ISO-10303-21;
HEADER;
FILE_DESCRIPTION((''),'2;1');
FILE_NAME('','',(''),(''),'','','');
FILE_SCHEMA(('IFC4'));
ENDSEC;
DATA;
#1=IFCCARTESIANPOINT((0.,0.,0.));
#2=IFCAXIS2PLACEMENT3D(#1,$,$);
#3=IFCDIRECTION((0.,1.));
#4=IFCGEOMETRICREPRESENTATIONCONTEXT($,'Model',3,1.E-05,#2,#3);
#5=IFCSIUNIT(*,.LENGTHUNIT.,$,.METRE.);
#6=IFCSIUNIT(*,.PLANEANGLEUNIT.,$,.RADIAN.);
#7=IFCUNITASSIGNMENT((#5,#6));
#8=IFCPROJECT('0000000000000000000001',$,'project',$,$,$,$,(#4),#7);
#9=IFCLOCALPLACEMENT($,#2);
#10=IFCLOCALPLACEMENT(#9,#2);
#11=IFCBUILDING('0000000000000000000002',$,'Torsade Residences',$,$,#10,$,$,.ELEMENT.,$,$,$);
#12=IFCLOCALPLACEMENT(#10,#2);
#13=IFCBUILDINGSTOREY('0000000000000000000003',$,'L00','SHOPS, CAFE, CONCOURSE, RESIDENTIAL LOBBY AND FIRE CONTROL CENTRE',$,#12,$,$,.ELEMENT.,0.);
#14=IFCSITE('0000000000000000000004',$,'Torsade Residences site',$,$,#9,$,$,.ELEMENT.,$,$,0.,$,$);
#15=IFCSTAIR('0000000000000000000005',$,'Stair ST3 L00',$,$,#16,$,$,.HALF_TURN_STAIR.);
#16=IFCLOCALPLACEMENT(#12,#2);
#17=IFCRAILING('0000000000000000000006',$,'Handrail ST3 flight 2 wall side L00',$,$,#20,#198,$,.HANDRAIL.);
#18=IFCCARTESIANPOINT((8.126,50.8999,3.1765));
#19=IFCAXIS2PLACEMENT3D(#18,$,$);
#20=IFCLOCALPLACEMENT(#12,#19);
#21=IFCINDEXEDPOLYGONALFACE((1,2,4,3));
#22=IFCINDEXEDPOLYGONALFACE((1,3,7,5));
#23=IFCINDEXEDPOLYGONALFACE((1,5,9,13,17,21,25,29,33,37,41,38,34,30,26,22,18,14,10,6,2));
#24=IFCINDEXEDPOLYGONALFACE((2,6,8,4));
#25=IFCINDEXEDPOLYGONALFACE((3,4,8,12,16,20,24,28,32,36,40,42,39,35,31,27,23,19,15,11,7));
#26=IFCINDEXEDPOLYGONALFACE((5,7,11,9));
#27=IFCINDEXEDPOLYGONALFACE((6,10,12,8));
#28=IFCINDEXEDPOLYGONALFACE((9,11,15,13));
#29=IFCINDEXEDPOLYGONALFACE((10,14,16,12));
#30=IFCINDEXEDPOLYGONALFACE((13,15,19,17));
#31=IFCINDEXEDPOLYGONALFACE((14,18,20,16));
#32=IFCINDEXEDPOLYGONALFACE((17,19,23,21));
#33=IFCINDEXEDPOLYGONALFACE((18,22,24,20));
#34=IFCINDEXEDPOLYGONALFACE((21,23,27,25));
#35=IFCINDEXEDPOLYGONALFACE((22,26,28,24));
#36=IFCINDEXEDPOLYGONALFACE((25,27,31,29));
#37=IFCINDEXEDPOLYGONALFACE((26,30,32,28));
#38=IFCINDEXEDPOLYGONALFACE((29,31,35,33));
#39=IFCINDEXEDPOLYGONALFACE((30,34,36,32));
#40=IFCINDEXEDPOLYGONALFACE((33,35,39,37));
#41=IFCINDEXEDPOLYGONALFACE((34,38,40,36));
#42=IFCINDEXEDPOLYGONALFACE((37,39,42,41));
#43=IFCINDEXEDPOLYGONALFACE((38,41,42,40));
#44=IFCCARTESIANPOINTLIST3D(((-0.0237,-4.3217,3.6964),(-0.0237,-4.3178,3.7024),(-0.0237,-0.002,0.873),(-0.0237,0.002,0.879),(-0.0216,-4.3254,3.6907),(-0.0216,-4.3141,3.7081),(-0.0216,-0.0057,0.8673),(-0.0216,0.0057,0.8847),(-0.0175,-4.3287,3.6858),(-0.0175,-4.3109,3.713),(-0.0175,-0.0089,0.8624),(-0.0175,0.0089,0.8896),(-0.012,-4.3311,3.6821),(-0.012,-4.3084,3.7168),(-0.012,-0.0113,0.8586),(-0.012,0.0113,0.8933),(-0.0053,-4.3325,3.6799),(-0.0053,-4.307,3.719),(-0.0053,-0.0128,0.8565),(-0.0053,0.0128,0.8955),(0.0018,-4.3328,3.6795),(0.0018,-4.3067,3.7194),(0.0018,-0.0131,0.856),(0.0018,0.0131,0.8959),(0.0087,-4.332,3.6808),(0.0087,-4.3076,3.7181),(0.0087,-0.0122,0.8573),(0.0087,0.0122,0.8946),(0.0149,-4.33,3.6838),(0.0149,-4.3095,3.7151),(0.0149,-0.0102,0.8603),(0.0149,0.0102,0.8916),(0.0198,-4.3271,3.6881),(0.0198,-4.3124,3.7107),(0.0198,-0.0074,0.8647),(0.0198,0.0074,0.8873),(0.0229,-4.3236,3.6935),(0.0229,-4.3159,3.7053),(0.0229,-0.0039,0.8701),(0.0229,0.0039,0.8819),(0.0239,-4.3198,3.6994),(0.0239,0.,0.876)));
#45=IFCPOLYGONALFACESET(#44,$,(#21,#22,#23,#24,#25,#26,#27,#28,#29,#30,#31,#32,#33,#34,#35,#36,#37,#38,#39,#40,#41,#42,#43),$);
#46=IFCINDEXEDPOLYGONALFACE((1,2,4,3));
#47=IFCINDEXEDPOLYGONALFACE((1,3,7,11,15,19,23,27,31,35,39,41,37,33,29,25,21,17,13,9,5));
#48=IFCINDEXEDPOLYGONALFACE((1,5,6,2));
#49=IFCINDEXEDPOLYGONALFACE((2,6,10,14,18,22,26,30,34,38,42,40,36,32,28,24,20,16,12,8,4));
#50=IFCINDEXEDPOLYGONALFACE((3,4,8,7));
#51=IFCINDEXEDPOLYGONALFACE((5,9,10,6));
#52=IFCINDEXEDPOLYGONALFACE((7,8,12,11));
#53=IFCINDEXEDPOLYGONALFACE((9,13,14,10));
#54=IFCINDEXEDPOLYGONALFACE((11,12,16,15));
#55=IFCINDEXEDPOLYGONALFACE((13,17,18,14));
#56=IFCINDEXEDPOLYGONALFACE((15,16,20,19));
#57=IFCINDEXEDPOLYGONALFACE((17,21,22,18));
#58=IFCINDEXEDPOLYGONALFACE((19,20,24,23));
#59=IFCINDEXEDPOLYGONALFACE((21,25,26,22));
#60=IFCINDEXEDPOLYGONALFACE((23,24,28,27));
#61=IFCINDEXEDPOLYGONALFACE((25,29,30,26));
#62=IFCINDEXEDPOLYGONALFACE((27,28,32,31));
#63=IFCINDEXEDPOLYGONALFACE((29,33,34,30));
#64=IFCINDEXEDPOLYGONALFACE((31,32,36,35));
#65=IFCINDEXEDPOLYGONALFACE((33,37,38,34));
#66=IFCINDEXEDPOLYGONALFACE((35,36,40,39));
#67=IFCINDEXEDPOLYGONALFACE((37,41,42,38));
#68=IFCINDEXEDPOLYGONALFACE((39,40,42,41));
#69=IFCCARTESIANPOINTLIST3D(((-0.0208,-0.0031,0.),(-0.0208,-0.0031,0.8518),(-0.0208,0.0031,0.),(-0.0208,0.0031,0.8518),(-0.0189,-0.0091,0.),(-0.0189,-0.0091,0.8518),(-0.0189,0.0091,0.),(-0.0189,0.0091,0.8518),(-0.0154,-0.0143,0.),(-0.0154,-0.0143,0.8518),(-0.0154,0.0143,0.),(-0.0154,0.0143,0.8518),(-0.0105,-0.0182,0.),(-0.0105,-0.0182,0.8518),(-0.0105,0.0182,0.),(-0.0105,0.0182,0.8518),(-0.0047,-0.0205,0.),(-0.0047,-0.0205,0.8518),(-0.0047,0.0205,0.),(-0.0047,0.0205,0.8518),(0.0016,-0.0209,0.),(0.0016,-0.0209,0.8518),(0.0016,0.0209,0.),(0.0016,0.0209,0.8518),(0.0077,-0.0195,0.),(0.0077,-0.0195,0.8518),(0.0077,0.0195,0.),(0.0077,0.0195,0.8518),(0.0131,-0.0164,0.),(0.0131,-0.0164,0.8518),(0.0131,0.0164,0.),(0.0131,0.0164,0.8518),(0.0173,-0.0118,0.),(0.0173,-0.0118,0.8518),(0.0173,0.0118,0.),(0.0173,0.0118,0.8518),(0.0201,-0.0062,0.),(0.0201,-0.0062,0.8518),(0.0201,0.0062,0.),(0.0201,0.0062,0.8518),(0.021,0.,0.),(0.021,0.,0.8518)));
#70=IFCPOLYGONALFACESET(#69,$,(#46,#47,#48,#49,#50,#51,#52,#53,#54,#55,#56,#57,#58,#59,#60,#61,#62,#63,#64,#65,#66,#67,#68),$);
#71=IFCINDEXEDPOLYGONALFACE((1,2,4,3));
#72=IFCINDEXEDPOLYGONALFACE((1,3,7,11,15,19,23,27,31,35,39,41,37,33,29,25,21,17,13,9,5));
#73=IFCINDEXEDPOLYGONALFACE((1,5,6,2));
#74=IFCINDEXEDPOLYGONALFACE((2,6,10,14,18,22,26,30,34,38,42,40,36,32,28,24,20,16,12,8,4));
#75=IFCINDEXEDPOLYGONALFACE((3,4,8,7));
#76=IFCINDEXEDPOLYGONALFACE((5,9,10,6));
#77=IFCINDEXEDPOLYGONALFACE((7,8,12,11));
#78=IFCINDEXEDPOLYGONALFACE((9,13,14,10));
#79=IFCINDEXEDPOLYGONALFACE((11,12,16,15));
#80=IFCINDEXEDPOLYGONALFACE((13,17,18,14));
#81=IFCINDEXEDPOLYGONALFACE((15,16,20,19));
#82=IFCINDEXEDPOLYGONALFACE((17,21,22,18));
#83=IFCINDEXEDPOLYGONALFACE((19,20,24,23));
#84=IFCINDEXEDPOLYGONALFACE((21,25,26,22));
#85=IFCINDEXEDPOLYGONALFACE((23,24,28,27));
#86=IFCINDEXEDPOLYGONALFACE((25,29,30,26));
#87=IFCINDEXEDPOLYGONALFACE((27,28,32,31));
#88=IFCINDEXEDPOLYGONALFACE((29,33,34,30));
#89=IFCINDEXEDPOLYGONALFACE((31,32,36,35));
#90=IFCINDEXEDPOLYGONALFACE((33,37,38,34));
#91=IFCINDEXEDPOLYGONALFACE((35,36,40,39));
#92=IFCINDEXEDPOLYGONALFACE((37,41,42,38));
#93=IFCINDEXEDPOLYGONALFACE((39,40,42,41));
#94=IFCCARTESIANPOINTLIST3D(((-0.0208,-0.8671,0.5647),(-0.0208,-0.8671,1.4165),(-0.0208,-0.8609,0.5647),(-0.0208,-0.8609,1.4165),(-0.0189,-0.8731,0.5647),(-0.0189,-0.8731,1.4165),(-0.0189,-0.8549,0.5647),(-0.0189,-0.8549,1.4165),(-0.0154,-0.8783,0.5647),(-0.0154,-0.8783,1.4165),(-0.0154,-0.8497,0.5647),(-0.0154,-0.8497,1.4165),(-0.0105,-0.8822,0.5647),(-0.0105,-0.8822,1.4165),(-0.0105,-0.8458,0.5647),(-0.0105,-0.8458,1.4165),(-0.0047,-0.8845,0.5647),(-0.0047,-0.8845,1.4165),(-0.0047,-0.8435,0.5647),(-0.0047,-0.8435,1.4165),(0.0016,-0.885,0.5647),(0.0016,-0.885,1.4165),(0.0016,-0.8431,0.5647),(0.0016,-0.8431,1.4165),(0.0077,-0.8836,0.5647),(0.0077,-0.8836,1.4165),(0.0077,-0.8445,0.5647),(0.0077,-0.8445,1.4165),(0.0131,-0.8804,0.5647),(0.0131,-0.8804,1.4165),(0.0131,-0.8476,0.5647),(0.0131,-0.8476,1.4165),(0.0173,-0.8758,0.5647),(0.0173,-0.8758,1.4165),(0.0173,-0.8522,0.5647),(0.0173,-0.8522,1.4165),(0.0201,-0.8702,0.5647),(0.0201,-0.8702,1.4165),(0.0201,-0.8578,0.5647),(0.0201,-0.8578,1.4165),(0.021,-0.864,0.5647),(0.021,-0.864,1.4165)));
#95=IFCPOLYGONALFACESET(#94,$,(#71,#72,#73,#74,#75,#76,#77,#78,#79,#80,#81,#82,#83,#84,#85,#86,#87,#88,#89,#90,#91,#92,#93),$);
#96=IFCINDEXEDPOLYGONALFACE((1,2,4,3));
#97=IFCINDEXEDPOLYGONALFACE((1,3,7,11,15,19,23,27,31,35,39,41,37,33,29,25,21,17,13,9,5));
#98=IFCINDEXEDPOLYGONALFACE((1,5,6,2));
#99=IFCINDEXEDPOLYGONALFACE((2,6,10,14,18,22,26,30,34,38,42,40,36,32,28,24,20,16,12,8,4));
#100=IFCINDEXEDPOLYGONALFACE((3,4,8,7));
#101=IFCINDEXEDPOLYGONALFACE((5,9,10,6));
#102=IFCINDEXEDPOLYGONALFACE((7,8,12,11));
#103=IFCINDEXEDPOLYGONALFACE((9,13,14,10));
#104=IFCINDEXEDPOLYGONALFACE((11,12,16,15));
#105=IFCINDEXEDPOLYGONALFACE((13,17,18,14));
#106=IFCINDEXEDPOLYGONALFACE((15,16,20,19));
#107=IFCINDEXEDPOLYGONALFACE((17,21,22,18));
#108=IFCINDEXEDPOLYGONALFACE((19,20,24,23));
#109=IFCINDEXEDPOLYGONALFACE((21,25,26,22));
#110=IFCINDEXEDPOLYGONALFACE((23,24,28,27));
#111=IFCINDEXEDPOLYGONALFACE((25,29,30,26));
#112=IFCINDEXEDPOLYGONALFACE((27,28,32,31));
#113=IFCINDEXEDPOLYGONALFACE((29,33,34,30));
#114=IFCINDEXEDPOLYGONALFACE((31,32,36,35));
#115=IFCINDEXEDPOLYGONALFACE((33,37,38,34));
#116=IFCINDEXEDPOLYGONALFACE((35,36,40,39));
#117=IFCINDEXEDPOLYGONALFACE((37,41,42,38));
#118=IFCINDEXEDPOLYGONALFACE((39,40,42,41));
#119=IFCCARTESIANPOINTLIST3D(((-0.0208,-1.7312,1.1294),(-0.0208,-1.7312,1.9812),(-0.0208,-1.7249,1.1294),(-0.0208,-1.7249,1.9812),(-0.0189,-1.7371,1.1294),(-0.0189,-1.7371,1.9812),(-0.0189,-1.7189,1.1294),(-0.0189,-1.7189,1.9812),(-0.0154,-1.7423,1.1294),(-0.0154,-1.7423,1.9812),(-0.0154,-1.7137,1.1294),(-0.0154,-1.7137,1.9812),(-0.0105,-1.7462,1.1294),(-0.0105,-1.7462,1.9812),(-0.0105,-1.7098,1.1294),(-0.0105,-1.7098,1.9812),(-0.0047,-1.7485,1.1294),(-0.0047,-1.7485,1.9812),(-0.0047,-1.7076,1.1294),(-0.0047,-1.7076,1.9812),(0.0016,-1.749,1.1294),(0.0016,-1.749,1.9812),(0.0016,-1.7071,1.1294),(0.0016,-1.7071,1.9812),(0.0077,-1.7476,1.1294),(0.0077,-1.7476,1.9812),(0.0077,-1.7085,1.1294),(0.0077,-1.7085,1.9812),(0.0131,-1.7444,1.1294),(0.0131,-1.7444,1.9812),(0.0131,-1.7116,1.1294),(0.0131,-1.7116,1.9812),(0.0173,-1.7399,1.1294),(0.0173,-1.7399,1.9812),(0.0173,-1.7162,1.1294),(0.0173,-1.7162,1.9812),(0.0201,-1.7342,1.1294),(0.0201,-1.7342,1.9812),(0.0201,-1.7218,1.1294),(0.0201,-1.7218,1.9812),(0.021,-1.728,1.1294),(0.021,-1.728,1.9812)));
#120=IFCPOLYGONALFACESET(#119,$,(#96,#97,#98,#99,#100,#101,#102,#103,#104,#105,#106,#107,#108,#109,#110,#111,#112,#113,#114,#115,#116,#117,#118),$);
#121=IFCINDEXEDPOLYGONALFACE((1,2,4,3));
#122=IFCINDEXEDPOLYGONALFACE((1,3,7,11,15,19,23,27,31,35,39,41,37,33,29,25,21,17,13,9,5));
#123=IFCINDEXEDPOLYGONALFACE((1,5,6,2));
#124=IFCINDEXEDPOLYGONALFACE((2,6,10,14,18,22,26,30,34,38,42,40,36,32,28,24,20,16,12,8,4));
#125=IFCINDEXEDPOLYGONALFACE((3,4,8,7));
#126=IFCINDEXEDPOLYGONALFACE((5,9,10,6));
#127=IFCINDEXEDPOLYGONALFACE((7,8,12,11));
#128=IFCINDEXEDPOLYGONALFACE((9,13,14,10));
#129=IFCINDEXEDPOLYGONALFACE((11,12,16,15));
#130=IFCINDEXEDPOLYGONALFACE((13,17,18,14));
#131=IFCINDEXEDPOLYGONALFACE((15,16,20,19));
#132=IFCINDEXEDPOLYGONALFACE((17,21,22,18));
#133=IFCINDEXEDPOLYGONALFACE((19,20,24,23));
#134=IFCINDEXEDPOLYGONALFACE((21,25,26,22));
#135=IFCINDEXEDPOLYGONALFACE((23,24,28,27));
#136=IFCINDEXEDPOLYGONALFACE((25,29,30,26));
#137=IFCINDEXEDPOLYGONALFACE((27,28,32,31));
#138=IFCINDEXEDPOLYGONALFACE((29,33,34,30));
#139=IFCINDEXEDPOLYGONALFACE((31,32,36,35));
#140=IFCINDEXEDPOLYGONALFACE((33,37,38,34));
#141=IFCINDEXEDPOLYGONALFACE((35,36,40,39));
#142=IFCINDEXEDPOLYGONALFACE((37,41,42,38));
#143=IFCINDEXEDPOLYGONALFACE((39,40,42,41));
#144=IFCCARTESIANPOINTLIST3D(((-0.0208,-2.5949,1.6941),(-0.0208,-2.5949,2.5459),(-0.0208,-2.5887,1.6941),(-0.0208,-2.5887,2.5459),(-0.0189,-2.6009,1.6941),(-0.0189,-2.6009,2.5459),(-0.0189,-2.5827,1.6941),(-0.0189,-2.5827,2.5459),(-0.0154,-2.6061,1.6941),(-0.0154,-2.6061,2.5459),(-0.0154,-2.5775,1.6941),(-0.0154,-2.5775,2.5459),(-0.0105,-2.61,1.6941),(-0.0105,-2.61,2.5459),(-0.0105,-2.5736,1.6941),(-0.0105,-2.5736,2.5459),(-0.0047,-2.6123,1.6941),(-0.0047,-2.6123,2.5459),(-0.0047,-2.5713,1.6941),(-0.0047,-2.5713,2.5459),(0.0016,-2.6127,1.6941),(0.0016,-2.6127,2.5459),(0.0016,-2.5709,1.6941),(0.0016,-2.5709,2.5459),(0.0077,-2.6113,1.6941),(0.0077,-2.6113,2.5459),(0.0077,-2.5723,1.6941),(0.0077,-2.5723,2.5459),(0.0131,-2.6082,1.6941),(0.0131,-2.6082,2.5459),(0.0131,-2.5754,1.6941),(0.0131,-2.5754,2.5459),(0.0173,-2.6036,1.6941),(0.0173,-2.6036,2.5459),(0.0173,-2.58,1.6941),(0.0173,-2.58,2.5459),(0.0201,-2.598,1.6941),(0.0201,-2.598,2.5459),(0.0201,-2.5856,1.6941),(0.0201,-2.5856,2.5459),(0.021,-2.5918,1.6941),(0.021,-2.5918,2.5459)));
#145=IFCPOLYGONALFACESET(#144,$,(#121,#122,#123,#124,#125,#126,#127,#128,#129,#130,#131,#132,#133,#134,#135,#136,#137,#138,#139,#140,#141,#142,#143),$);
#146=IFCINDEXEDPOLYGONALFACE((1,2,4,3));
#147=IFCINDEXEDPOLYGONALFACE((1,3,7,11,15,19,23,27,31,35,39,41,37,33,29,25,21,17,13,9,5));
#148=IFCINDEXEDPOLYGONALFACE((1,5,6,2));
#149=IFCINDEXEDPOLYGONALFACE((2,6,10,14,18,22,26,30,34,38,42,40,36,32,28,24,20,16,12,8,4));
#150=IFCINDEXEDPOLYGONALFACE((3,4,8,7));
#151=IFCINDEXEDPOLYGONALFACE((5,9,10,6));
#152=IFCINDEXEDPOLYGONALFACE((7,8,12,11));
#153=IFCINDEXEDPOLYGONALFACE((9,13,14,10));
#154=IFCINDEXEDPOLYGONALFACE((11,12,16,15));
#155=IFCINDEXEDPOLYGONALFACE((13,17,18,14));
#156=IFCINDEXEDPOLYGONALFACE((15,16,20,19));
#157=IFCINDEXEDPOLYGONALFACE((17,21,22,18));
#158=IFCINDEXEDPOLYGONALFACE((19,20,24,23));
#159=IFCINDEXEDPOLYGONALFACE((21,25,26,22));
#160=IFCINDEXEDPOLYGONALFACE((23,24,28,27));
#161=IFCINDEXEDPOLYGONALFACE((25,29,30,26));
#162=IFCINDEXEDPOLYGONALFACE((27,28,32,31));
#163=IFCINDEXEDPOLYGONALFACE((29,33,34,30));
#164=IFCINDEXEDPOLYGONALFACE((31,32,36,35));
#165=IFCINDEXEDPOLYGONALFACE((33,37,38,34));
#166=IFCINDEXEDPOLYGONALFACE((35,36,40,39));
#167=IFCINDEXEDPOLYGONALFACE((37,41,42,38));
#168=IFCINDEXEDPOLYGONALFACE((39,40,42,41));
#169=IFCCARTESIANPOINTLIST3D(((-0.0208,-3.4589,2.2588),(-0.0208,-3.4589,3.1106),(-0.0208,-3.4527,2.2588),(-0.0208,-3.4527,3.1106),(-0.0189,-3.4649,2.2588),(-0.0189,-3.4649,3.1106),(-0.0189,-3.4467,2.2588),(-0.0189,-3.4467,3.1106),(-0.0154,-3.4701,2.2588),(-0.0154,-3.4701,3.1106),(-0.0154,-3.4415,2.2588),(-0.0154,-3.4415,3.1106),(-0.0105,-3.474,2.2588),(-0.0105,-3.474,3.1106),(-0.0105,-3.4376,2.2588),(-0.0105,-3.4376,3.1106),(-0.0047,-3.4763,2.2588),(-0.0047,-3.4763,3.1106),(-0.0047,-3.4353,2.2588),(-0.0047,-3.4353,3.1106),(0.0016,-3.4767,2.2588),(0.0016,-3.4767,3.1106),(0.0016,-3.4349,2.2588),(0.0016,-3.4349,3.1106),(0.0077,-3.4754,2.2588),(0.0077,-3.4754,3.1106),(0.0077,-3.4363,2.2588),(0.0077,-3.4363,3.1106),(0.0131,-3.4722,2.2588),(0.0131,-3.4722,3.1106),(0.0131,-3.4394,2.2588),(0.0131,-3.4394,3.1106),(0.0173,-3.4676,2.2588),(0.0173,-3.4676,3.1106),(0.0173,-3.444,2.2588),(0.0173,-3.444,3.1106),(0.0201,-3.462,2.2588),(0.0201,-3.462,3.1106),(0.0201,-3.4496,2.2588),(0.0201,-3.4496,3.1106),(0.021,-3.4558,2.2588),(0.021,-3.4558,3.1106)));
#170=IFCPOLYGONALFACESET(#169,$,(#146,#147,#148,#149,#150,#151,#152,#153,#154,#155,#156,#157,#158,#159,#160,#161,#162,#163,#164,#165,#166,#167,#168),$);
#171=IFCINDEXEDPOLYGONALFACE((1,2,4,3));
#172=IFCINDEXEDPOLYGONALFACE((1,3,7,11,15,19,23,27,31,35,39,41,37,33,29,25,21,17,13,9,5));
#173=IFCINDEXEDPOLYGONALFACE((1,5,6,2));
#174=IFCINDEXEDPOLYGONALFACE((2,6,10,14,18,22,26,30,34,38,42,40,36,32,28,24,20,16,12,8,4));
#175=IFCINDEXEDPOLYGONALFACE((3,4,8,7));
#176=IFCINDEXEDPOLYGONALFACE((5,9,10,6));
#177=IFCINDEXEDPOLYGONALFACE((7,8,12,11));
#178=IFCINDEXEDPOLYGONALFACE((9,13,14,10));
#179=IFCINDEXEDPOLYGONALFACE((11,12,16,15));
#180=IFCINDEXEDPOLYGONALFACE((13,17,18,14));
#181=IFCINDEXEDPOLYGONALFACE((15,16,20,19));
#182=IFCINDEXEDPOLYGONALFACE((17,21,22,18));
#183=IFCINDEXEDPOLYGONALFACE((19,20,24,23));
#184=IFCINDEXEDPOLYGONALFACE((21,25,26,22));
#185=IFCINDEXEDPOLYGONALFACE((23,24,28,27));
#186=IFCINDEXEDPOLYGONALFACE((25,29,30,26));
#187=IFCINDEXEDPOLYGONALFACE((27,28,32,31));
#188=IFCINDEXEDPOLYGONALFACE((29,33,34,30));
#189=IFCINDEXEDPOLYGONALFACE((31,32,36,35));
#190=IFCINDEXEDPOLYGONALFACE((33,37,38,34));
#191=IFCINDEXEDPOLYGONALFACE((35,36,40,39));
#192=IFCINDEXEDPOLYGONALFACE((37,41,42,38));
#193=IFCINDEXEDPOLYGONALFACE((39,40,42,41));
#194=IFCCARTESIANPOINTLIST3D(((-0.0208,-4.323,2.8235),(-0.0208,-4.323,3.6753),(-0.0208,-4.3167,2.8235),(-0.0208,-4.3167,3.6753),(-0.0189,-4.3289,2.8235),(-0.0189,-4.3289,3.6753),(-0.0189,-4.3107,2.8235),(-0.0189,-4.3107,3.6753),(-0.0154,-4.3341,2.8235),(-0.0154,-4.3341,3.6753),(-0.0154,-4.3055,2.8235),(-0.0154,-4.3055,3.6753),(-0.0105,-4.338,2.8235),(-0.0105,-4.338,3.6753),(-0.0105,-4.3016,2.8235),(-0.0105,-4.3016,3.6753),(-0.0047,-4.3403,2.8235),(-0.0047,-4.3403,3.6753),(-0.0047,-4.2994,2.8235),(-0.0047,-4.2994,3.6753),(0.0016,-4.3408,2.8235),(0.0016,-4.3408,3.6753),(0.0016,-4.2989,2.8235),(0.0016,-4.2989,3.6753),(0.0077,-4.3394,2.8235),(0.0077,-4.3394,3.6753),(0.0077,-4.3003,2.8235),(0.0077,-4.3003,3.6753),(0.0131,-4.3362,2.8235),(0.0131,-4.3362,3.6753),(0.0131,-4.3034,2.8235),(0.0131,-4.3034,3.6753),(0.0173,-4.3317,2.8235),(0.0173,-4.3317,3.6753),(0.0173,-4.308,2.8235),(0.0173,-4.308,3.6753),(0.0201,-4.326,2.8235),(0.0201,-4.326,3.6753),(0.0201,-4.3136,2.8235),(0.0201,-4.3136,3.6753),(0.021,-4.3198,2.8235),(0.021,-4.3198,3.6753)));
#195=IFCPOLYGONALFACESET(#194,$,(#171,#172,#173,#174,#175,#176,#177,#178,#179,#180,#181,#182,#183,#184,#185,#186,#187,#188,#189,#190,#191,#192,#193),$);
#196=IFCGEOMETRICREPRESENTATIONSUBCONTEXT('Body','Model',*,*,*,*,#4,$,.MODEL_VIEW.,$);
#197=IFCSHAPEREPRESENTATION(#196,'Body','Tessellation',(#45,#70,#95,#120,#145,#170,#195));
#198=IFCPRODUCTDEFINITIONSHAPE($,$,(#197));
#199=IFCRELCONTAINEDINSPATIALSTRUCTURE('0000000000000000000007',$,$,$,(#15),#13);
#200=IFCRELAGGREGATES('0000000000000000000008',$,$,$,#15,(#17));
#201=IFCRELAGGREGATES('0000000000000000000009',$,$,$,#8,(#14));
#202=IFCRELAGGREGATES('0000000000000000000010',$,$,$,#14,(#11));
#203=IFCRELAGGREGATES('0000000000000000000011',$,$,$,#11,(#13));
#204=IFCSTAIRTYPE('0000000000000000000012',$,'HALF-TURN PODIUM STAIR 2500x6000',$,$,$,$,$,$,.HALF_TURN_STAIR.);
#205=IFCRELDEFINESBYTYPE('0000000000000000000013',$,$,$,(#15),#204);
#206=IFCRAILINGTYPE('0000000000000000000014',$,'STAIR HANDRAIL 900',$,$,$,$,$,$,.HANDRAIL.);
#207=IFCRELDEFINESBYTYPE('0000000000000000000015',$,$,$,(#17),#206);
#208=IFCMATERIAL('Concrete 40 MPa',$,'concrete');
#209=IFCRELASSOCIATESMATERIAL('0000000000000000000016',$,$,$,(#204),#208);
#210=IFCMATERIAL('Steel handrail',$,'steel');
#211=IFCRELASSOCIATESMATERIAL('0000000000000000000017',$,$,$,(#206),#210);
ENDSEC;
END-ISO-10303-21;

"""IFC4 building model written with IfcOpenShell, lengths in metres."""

from ifc_helpers import new_model, si_unit, direction, frame, origin, origin_2d, place, context, subcontext, project, spatial, circle, extrude, material, type_object, element, aggregate, save


model = new_model("IFC4")

# Units and contexts
model_context = context("Model", 3, precision=1e-05, world=origin(), true_north=direction((0.0, 1.0)))
body_context = subcontext(model_context, "Body", "Model", "MODEL_VIEW")
ifc_project = project(units=[si_unit("LENGTHUNIT", "METRE"), si_unit("PLANEANGLEUNIT", "RADIAN")], contexts=[model_context])

# Site, building, storey
site_placement = place(None, origin())
site = spatial("IfcSite", under=ifc_project, at=site_placement, Name="Torsade Residences site", CompositionType="ELEMENT", RefElevation=0.0)
building_placement = place(site_placement, origin())
building = spatial("IfcBuilding", under=site, at=building_placement, Name="Torsade Residences", CompositionType="ELEMENT")
storey_placement = place(building_placement, origin())
storey = spatial("IfcBuildingStorey", under=building, at=storey_placement, Name="L00", Description="SHOPS, CAFE, CONCOURSE, RESIDENTIAL LOBBY AND FIRE CONTROL CENTRE", CompositionType="ELEMENT", Elevation=0.0)

# Stair, railing
ifc_material_1 = material(Name="Concrete 40 MPa", Category="concrete")
stair_type = type_object("IfcStairType", Name="HALF-TURN PODIUM STAIR 2500x6000", PredefinedType="HALF_TURN_STAIR", material=ifc_material_1)
stair_placement = place(storey_placement, origin())
stair = element("IfcStair", 1, at=stair_placement, inside=storey, type_object=stair_type, Name="Stair ST3 L00", PredefinedType="HALF_TURN_STAIR")
ifc_material_2 = material(Name="Steel handrail", Category="steel")
railing_type = type_object("IfcRailingType", Name="STAIR HANDRAIL 900", PredefinedType="HANDRAIL", material=ifc_material_2)
railing_placement = place(storey_placement, frame((8.126, 50.8999, 3.1765)))
railing = element("IfcRailing", 2, at=railing_placement, type_object=railing_type, Name="Handrail ST3 flight 2 wall side L00", PredefinedType="HANDRAIL", context=body_context, shape_type="SweptSolid", body=[
    extrude(circle(Radius=0.0239, at=origin_2d()), frame((0.0, 0.0, 0.876), z_axis=(0.0, -0.83706, 0.547112), x_axis=(1.0, 0.0, 0.0)), (0.0, 0.0, 1.0), 5.1606),
    extrude(circle(Radius=0.021, at=origin_2d()), origin(), (0.0, 0.0, 1.0), 0.8518),
    extrude(circle(Radius=0.021, at=origin_2d()), frame((0.0, -0.864, 0.5647)), (0.0, 0.0, 1.0), 0.8518),
    extrude(circle(Radius=0.021, at=origin_2d()), frame((0.0, -1.728, 1.1294)), (0.0, 0.0, 1.0), 0.8518),
    extrude(circle(Radius=0.021, at=origin_2d()), frame((0.0, -2.5918, 1.6941)), (0.0, 0.0, 1.0), 0.8518),
    extrude(circle(Radius=0.021, at=origin_2d()), frame((0.0, -3.4558, 2.2588)), (0.0, 0.0, 1.0), 0.8518),
    extrude(circle(Radius=0.021, at=origin_2d()), frame((0.0, -4.3198, 2.8235)), (0.0, 0.0, 1.0), 0.8518),
])
aggregate(stair, [railing])

save(model, "model.ifc")
